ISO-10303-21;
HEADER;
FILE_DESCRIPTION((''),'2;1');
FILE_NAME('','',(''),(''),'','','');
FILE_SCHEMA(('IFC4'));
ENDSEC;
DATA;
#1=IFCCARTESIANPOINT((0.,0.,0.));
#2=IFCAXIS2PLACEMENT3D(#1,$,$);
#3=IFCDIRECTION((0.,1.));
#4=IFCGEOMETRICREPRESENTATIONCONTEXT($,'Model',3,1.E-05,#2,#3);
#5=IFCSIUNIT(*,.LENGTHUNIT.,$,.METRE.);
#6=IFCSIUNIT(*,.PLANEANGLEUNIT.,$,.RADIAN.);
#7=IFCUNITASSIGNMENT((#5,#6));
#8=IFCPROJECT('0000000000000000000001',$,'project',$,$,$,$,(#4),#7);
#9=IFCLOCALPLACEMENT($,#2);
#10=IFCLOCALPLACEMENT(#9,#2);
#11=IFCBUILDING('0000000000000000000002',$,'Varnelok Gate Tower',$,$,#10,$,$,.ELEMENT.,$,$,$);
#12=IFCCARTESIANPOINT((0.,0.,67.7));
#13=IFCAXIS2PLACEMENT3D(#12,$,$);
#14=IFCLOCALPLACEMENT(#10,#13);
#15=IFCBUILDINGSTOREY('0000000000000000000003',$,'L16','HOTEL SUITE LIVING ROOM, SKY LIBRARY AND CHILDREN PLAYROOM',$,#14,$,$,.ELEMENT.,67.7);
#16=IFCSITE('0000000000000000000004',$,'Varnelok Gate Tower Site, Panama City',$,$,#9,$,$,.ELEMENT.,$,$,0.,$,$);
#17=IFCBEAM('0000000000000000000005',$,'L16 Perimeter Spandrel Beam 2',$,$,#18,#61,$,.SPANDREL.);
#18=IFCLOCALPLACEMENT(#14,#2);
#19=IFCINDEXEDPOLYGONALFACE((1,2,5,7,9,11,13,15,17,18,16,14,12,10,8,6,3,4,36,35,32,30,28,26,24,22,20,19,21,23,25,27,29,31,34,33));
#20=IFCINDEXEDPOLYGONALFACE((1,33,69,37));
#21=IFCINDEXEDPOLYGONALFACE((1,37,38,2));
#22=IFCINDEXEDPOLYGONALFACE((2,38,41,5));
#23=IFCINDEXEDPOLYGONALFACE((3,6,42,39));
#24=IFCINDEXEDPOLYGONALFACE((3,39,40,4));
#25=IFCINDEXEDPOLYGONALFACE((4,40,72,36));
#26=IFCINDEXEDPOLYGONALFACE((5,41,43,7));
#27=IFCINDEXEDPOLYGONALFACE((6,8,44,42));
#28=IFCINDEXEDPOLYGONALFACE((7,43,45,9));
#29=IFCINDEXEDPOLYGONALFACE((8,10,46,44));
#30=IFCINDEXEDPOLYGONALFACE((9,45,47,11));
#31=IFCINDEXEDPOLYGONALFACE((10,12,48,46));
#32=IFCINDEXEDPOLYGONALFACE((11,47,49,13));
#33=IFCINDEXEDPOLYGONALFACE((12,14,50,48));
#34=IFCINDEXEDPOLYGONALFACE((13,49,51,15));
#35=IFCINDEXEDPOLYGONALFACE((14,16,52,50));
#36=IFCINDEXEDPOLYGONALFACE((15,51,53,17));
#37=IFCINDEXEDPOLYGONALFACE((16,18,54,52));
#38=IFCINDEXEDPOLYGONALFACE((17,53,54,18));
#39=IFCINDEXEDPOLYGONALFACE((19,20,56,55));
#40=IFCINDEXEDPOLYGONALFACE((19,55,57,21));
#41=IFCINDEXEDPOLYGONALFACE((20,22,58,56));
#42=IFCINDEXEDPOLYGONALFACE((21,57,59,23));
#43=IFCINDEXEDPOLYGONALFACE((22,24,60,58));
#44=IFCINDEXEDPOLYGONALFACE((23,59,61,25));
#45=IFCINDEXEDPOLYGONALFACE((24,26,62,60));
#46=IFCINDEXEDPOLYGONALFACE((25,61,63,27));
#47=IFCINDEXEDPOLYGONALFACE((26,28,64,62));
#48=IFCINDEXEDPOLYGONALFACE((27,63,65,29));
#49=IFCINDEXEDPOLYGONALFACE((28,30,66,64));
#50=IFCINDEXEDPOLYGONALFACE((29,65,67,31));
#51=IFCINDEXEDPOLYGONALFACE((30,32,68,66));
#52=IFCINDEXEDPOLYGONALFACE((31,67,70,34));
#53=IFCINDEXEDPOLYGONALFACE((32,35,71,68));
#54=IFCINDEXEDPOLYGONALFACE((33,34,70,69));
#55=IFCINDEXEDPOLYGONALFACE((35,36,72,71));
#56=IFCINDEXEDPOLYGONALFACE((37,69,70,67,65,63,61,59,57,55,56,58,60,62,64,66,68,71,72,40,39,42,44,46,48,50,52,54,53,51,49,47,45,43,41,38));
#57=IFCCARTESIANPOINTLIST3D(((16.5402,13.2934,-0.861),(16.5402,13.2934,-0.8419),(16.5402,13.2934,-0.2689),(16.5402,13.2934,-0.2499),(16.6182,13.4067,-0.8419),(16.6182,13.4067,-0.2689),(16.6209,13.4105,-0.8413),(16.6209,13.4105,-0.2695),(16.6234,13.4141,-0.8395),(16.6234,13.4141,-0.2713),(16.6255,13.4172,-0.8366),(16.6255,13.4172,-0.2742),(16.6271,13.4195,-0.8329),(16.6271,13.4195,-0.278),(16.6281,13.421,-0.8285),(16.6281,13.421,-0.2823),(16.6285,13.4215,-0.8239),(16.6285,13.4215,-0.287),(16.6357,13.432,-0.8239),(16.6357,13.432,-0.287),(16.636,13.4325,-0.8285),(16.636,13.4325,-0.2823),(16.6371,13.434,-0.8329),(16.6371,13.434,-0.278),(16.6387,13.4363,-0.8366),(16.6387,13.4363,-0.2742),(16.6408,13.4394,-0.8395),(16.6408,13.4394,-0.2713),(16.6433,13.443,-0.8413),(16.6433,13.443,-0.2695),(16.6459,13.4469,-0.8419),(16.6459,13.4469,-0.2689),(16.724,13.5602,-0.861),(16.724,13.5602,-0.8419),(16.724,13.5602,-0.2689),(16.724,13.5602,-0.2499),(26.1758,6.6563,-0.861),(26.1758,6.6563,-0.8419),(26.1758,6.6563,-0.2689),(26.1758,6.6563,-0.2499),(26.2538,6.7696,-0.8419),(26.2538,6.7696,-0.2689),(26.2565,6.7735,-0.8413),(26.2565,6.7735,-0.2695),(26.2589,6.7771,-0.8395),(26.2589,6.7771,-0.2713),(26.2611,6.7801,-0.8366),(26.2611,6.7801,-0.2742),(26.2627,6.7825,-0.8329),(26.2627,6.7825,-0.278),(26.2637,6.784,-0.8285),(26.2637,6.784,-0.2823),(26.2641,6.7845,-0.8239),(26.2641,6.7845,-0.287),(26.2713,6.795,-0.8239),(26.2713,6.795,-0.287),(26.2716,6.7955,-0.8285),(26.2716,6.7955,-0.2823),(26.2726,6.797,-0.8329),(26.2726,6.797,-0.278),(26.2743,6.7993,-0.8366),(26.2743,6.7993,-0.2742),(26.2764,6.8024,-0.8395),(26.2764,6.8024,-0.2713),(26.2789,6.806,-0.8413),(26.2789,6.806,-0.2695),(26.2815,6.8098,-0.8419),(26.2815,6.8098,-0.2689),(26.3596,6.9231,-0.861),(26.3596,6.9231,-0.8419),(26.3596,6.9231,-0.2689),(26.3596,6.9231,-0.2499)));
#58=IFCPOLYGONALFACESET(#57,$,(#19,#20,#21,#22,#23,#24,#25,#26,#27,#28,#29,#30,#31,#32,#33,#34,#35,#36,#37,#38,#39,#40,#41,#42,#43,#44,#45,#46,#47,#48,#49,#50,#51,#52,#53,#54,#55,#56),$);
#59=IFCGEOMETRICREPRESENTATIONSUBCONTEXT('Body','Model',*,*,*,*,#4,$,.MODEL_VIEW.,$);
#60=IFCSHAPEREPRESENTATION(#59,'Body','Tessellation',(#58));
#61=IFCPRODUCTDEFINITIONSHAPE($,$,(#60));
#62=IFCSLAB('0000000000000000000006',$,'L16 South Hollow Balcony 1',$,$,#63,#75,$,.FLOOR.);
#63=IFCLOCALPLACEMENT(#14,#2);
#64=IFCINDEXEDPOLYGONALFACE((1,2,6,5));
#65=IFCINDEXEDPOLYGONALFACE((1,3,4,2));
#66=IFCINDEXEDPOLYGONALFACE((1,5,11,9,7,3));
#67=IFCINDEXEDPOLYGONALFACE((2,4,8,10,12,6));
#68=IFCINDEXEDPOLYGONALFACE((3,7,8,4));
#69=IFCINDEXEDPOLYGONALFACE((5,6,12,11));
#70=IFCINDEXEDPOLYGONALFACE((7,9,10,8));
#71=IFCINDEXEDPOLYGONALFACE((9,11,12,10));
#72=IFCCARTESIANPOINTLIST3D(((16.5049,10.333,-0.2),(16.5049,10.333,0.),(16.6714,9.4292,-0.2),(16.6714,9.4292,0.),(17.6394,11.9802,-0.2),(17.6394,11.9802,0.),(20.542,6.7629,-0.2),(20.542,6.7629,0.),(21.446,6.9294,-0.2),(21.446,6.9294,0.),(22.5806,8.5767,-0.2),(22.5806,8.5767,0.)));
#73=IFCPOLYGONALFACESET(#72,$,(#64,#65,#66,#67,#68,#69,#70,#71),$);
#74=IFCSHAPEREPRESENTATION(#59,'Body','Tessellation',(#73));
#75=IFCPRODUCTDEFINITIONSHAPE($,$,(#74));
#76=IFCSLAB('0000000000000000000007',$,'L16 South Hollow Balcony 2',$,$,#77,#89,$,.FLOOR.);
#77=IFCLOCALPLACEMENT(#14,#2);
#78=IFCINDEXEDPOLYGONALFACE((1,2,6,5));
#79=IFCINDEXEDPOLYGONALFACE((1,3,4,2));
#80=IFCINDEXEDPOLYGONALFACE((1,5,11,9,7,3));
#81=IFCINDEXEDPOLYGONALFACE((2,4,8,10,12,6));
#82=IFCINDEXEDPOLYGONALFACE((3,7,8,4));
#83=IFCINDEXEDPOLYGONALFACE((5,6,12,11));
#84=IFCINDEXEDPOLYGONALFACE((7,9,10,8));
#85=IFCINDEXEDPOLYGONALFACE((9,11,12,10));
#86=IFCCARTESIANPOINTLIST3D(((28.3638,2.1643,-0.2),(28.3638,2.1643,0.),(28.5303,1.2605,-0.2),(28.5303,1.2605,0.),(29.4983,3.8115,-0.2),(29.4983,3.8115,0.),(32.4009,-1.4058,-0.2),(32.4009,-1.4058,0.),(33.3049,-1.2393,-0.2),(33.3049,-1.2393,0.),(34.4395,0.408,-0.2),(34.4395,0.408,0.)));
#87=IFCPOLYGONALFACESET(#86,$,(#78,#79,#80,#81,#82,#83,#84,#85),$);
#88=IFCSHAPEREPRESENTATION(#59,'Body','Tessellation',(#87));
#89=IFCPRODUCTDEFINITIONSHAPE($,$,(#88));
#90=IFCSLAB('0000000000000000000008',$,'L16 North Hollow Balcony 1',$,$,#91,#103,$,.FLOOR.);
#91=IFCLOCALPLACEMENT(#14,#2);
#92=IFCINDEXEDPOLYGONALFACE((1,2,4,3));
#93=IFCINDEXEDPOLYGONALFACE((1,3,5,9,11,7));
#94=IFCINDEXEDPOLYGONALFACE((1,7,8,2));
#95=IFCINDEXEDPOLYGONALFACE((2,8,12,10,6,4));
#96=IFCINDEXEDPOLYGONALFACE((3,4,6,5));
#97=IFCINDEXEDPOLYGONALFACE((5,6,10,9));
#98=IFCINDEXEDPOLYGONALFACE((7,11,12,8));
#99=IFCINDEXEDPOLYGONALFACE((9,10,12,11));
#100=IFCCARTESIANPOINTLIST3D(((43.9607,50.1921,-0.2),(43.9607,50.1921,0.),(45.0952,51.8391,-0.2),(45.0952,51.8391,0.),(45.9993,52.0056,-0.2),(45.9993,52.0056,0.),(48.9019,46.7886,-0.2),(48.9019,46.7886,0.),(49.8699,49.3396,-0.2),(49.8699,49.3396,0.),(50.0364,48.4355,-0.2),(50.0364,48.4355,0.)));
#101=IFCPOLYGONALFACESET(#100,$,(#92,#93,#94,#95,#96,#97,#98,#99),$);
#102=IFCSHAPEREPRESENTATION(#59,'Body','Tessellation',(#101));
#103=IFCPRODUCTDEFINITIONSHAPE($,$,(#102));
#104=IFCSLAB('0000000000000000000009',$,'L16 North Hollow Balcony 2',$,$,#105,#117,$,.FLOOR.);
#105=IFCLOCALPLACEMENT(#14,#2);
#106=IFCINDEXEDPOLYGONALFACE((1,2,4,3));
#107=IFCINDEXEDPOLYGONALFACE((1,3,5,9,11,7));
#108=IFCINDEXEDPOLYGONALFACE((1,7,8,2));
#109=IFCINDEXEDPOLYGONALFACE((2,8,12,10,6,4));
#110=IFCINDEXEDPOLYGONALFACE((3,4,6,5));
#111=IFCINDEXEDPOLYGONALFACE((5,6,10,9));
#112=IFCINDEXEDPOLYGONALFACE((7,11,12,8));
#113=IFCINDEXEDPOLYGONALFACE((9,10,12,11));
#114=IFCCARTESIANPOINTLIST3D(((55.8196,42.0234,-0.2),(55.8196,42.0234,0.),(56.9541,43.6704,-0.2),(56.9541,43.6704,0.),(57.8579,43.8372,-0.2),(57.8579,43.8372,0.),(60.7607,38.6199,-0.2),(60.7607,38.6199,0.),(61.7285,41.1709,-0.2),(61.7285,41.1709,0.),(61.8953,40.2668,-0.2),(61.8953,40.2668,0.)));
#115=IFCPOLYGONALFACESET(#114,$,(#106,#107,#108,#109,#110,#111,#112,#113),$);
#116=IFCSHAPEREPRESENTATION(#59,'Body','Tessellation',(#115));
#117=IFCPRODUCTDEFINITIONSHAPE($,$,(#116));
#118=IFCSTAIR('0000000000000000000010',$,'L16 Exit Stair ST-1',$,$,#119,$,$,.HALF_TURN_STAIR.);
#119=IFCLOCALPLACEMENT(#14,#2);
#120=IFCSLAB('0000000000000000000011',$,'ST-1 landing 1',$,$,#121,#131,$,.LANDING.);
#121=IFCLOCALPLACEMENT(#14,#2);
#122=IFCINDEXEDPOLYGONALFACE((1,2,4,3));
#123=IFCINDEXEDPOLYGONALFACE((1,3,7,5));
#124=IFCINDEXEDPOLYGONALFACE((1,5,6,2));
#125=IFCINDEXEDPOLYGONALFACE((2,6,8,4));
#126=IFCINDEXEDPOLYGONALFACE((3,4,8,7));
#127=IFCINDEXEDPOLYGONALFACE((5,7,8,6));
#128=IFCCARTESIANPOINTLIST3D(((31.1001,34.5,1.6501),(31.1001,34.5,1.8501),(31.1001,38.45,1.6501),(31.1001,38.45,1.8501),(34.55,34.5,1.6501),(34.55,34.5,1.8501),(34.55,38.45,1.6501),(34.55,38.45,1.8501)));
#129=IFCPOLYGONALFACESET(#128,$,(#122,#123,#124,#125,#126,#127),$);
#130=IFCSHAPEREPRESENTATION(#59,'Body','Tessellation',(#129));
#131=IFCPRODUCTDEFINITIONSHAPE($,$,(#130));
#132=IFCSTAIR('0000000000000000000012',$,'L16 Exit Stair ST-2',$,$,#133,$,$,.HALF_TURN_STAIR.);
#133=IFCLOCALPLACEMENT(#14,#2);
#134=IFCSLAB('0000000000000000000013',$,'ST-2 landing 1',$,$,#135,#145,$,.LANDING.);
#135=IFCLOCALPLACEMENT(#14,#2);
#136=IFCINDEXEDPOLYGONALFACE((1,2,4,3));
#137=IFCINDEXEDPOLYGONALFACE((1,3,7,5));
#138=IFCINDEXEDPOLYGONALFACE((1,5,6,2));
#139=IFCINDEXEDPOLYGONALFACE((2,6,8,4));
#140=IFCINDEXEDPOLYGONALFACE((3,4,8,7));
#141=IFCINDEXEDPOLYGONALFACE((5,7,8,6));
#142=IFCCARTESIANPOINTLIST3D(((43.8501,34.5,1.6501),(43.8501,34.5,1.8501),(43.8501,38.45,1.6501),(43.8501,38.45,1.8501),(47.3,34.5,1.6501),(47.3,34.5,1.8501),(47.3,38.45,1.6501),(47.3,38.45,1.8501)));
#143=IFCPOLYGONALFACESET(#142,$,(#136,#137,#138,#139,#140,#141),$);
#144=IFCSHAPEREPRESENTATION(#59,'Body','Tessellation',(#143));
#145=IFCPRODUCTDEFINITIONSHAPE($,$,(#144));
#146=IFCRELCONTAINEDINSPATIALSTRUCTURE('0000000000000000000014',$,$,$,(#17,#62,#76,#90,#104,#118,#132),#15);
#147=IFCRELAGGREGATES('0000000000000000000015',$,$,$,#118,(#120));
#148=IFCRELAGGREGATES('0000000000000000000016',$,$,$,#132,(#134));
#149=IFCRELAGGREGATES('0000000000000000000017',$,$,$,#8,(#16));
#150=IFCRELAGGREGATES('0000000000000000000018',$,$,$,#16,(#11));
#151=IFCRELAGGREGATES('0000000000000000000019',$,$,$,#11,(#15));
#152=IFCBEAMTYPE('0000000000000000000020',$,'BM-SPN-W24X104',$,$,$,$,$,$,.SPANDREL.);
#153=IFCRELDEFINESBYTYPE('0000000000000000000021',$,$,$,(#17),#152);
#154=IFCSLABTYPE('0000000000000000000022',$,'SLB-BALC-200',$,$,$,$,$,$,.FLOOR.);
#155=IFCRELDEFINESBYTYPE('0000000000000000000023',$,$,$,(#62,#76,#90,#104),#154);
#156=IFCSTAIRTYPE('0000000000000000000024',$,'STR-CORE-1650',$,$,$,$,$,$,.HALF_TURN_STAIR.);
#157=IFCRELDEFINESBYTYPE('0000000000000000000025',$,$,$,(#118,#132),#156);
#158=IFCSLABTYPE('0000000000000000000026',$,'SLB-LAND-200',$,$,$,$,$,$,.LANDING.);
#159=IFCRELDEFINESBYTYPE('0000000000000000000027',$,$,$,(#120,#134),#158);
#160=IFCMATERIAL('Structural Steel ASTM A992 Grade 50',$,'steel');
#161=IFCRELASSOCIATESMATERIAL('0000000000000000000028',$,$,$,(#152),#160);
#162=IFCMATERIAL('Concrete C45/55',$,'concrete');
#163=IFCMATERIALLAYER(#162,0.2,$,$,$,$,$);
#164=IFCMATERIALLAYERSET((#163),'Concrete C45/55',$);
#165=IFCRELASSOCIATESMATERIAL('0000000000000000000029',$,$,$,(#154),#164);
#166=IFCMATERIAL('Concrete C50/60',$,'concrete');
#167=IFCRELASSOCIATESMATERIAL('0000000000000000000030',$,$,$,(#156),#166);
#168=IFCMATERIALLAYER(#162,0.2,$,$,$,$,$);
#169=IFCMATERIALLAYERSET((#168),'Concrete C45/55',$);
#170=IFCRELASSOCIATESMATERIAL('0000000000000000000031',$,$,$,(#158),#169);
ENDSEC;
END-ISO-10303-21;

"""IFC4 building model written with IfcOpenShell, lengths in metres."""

from ifc_helpers import new_model, si_unit, direction, frame, origin, origin_2d, place, context, subcontext, project, spatial, polyline, i_section, outline, extrude, material, layer, layer_set, material_profile, profile_set, type_object, element, aggregate, save


model = new_model("IFC4")

# Units and contexts
model_context = context("Model", 3, precision=1e-05, world=origin(), true_north=direction((0.0, 1.0)))
body_context = subcontext(model_context, "Body", "Model", "MODEL_VIEW")
ifc_project = project(units=[si_unit("LENGTHUNIT", "METRE"), si_unit("PLANEANGLEUNIT", "RADIAN")], contexts=[model_context])

# Site, building, storey
site_placement = place(None, origin())
site = spatial("IfcSite", under=ifc_project, at=site_placement, Name="Varnelok Gate Tower Site, Panama City", CompositionType="ELEMENT", RefElevation=0.0)
building_placement = place(site_placement, origin())
building = spatial("IfcBuilding", under=site, at=building_placement, Name="Varnelok Gate Tower", CompositionType="ELEMENT")
storey_placement = place(building_placement, frame((0.0, 0.0, 67.7)))
storey = spatial("IfcBuildingStorey", under=building, at=storey_placement, Name="L16", Description="HOTEL SUITE LIVING ROOM, SKY LIBRARY AND CHILDREN PLAYROOM", CompositionType="ELEMENT", Elevation=67.7)

# Shared definitions
ifc_material_1 = material(Name="Structural Steel ASTM A992 Grade 50", Category="steel")

# Beam
ifc_material_profile_1 = material_profile(ifc_material_1, i_section(OverallWidth=0.324, OverallDepth=0.6111, WebThickness=0.0127, FlangeThickness=0.019, FilletRadius=0.0181, at=origin_2d()), Name="W24X104")
ifc_profile_set_1 = profile_set([ifc_material_profile_1], Name="Structural Steel ASTM A992 Grade 50")
beam_type_1 = type_object("IfcBeamType", Name="BM-SPN-W24X104", PredefinedType="SPANDREL", material=ifc_profile_set_1)
beam_1_placement = place(storey_placement, frame((16.6321, 13.4268, -0.5554), z_axis=(0.823541, -0.567257, 0.0), x_axis=(0.567257, 0.823541, 0.0)))
element("IfcBeam", 1, at=beam_1_placement, inside=storey, type_object=beam_type_1, Name="L16 Perimeter Spandrel Beam 2", PredefinedType="SPANDREL", context=body_context, shape_type="SweptSolid", body=[
    extrude(i_section(OverallWidth=0.324, OverallDepth=0.6111, WebThickness=0.0127, FlangeThickness=0.019, FilletRadius=0.0181, at=origin_2d()), origin(), (0.0, 0.0, 1.0), 11.7002),
])

# Slabs
ifc_material_2 = material(Name="Concrete C45/55", Category="concrete")
ifc_layer_1 = layer(ifc_material_2, 0.2)
ifc_layer_set_1 = layer_set([ifc_layer_1], Name="Concrete C45/55")
slab_type_1 = type_object("IfcSlabType", Name="SLB-BALC-200", PredefinedType="FLOOR", material=ifc_layer_set_1)
slab_1_placement = place(storey_placement, frame((0.0, 0.0, -0.2)))
element("IfcSlab", 2, at=slab_1_placement, inside=storey, type_object=slab_type_1, Name="L16 South Hollow Balcony 1", PredefinedType="FLOOR", context=body_context, shape_type="SweptSolid", body=[
    extrude(outline(polyline([(16.5049, 10.333), (16.6714, 9.4292), (20.542, 6.7629), (21.446, 6.9294), (22.5806, 8.5767), (17.6394, 11.9802), (16.5049, 10.333)])), origin(), (0.0, 0.0, 1.0), 0.2),
])
slab_2_placement = place(storey_placement, frame((0.0, 0.0, -0.2)))
element("IfcSlab", 3, at=slab_2_placement, inside=storey, type_object=slab_type_1, Name="L16 South Hollow Balcony 2", PredefinedType="FLOOR", context=body_context, shape_type="SweptSolid", body=[
    extrude(outline(polyline([(28.3638, 2.1643), (28.5303, 1.2605), (32.4009, -1.4058), (33.3049, -1.2393), (34.4395, 0.408), (29.4983, 3.8115), (28.3638, 2.1643)])), origin(), (0.0, 0.0, 1.0), 0.2),
])
slab_3_placement = place(storey_placement, frame((0.0, 0.0, -0.2)))
element("IfcSlab", 4, at=slab_3_placement, inside=storey, type_object=slab_type_1, Name="L16 North Hollow Balcony 1", PredefinedType="FLOOR", context=body_context, shape_type="SweptSolid", body=[
    extrude(outline(polyline([(43.9607, 50.1921), (48.9019, 46.7886), (50.0364, 48.4355), (49.8699, 49.3396), (45.9993, 52.0056), (45.0952, 51.8391), (43.9607, 50.1921)])), origin(), (0.0, 0.0, 1.0), 0.2),
])
slab_4_placement = place(storey_placement, frame((0.0, 0.0, -0.2)))
element("IfcSlab", 5, at=slab_4_placement, inside=storey, type_object=slab_type_1, Name="L16 North Hollow Balcony 2", PredefinedType="FLOOR", context=body_context, shape_type="SweptSolid", body=[
    extrude(outline(polyline([(55.8196, 42.0234), (60.7607, 38.6199), (61.8953, 40.2668), (61.7285, 41.1709), (57.8579, 43.8372), (56.9541, 43.6704), (55.8196, 42.0234)])), origin(), (0.0, 0.0, 1.0), 0.2),
])

# Stairs, slabs
ifc_material_3 = material(Name="Concrete C50/60", Category="concrete")
stair_type = type_object("IfcStairType", Name="STR-CORE-1650", PredefinedType="HALF_TURN_STAIR", material=ifc_material_3)
stair_1_placement = place(storey_placement, origin())
stair_1 = element("IfcStair", 6, at=stair_1_placement, inside=storey, type_object=stair_type, Name="L16 Exit Stair ST-1", PredefinedType="HALF_TURN_STAIR")
ifc_layer_2 = layer(ifc_material_2, 0.2)
ifc_layer_set_2 = layer_set([ifc_layer_2], Name="Concrete C45/55")
slab_type_2 = type_object("IfcSlabType", Name="SLB-LAND-200", PredefinedType="LANDING", material=ifc_layer_set_2)
slab_5_placement = place(storey_placement, frame((0.0, 0.0, 1.6501)))
slab_5 = element("IfcSlab", 7, at=slab_5_placement, type_object=slab_type_2, Name="ST-1 landing 1", PredefinedType="LANDING", context=body_context, shape_type="SweptSolid", body=[
    extrude(outline(polyline([(34.55, 34.5), (34.55, 38.45), (31.1001, 38.45), (31.1001, 34.5), (34.55, 34.5)])), origin(), (0.0, 0.0, 1.0), 0.2),
])
aggregate(stair_1, [slab_5])
stair_2_placement = place(storey_placement, origin())
stair_2 = element("IfcStair", 8, at=stair_2_placement, inside=storey, type_object=stair_type, Name="L16 Exit Stair ST-2", PredefinedType="HALF_TURN_STAIR")
slab_6_placement = place(storey_placement, frame((0.0, 0.0, 1.6501)))
slab_6 = element("IfcSlab", 9, at=slab_6_placement, type_object=slab_type_2, Name="ST-2 landing 1", PredefinedType="LANDING", context=body_context, shape_type="SweptSolid", body=[
    extrude(outline(polyline([(47.3, 34.5), (47.3, 38.45), (43.8501, 38.45), (43.8501, 34.5), (47.3, 34.5)])), origin(), (0.0, 0.0, 1.0), 0.2),
])
aggregate(stair_2, [slab_6])

save(model, "model.ifc")
